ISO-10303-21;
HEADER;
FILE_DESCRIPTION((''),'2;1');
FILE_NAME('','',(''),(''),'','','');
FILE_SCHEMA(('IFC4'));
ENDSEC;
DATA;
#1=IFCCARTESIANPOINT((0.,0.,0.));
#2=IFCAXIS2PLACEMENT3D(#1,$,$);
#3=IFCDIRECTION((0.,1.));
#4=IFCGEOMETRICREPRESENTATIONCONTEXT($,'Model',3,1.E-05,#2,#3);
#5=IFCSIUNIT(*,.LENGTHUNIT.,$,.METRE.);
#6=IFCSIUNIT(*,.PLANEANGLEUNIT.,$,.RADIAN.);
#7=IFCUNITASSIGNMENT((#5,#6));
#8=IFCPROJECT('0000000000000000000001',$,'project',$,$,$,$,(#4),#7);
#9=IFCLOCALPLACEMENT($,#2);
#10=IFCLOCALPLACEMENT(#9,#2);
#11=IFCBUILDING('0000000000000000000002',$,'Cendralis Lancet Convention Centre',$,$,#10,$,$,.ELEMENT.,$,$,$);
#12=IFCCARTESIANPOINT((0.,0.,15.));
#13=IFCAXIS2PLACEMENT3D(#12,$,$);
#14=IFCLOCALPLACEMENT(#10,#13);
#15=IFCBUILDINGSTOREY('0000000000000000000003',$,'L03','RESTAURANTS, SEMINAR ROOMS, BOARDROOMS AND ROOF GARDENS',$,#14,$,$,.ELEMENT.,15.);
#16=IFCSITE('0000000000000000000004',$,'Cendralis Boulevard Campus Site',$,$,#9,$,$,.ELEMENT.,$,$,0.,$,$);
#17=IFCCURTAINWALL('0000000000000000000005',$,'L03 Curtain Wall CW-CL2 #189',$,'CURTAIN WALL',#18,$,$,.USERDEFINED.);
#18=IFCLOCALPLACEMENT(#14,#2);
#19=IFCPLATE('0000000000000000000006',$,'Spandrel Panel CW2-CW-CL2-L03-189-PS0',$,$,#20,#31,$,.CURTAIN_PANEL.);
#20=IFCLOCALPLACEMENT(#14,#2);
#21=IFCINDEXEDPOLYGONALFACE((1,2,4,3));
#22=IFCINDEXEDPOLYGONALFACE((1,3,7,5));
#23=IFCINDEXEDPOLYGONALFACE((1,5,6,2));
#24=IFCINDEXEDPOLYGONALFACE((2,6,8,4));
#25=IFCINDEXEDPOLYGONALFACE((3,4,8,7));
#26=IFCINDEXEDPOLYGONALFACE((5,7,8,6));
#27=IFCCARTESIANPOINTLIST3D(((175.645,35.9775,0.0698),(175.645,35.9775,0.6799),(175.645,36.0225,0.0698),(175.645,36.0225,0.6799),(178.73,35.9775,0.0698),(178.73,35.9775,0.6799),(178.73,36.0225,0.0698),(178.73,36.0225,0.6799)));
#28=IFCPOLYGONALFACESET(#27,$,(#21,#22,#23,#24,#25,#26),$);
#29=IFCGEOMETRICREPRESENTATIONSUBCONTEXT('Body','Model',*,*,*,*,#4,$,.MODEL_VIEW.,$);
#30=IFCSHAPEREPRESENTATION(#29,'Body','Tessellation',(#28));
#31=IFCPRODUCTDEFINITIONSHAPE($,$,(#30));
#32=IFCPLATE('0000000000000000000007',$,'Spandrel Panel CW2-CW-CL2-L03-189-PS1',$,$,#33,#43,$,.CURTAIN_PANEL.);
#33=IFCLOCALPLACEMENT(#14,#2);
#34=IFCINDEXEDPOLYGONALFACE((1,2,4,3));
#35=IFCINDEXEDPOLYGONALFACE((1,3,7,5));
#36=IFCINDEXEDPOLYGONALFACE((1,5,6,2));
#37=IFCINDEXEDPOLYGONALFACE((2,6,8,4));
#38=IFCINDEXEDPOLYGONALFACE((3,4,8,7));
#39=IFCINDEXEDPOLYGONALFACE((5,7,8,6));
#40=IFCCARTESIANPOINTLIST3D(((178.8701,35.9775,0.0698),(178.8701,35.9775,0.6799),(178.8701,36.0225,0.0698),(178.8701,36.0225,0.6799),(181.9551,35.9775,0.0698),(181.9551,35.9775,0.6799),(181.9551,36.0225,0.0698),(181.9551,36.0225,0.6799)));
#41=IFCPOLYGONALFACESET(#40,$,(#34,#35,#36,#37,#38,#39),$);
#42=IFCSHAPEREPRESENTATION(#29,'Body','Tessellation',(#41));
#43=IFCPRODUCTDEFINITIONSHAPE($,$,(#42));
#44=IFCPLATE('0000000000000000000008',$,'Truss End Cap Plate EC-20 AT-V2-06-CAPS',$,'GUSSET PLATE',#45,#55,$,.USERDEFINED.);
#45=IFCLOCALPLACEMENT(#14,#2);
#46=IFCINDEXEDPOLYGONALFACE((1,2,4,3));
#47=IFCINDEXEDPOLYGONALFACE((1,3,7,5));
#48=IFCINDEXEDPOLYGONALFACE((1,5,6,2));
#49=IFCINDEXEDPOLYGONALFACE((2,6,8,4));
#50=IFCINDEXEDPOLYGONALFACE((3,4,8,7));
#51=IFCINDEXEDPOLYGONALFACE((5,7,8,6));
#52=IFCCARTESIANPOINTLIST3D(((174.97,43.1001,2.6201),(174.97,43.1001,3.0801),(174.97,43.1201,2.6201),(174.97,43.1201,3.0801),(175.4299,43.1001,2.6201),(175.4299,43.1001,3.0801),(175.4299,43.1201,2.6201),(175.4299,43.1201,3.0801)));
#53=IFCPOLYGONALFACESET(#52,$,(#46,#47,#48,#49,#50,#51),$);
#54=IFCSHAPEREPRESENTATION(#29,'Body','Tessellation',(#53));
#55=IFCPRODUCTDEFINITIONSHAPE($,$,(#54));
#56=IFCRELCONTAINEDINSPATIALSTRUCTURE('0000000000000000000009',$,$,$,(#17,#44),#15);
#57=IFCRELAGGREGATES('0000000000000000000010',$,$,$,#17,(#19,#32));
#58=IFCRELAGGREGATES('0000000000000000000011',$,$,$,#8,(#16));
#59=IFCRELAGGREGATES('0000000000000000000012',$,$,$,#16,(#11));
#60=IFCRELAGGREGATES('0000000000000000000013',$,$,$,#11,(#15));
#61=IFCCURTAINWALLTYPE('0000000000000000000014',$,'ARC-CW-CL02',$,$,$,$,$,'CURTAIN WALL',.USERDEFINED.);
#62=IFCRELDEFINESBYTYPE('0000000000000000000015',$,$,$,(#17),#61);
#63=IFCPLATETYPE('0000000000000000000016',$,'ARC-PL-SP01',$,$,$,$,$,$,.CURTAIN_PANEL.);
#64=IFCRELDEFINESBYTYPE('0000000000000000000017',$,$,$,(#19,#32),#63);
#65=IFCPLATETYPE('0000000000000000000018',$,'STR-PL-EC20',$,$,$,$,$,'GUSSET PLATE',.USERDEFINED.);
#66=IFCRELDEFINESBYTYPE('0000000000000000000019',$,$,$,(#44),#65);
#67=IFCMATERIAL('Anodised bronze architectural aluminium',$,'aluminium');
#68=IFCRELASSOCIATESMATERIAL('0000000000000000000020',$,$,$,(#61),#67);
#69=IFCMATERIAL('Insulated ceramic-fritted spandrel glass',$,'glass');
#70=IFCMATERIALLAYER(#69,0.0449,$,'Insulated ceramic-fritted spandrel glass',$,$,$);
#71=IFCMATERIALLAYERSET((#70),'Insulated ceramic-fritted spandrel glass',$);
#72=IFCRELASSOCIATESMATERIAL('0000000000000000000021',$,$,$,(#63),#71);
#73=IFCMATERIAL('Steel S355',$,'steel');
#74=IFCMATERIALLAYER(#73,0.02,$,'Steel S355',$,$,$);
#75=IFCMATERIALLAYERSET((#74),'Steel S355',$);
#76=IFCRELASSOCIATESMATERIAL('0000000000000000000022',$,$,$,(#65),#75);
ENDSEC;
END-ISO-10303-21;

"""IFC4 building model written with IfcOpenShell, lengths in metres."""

from ifc_helpers import new_model, si_unit, direction, frame, origin, origin_2d, place, context, subcontext, project, spatial, rectangle, extrude, material, layer, layer_set, type_object, element, aggregate, save


model = new_model("IFC4")

# Units and contexts
model_context = context("Model", 3, precision=1e-05, world=origin(), true_north=direction((0.0, 1.0)))
body_context = subcontext(model_context, "Body", "Model", "MODEL_VIEW")
ifc_project = project(units=[si_unit("LENGTHUNIT", "METRE"), si_unit("PLANEANGLEUNIT", "RADIAN")], contexts=[model_context])

# Site, building, storey
site_placement = place(None, origin())
site = spatial("IfcSite", under=ifc_project, at=site_placement, Name="Cendralis Boulevard Campus Site", CompositionType="ELEMENT", RefElevation=0.0)
building_placement = place(site_placement, origin())
building = spatial("IfcBuilding", under=site, at=building_placement, Name="Cendralis Lancet Convention Centre", CompositionType="ELEMENT")
storey_placement = place(building_placement, frame((0.0, 0.0, 15.0)))
storey = spatial("IfcBuildingStorey", under=building, at=storey_placement, Name="L03", Description="RESTAURANTS, SEMINAR ROOMS, BOARDROOMS AND ROOF GARDENS", CompositionType="ELEMENT", Elevation=15.0)

# Curtain wall
ifc_material_1 = material(Name="Anodised bronze architectural aluminium", Category="aluminium")
curtain_wall_type = type_object("IfcCurtainWallType", Name="ARC-CW-CL02", ElementType="CURTAIN WALL", PredefinedType="USERDEFINED", material=ifc_material_1)
curtain_wall_placement = place(storey_placement, origin())
curtain_wall = element("IfcCurtainWall", 1, at=curtain_wall_placement, inside=storey, type_object=curtain_wall_type, Name="L03 Curtain Wall CW-CL2 #189", ObjectType="CURTAIN WALL", PredefinedType="USERDEFINED")

# Shared definitions
ifc_material_2 = material(Name="Steel S355", Category="steel")

# Plates
ifc_material_3 = material(Name="Insulated ceramic-fritted spandrel glass", Category="glass")
ifc_layer_1 = layer(ifc_material_3, 0.0449, Name="Insulated ceramic-fritted spandrel glass")
ifc_layer_set_1 = layer_set([ifc_layer_1], Name="Insulated ceramic-fritted spandrel glass")
plate_type_1 = type_object("IfcPlateType", Name="ARC-PL-SP01", PredefinedType="CURTAIN_PANEL", material=ifc_layer_set_1)
plate_1_placement = place(storey_placement, frame((177.1875, 36.0, 0.0698), z_axis=(0.0, 0.0, 1.0), x_axis=(1.0, 0.0, 0.0)))
plate_1 = element("IfcPlate", 2, at=plate_1_placement, type_object=plate_type_1, Name="Spandrel Panel CW2-CW-CL2-L03-189-PS0", PredefinedType="CURTAIN_PANEL", context=body_context, shape_type="SweptSolid", body=[
    extrude(rectangle(XDim=3.085, YDim=0.0449, at=origin_2d()), origin(), (0.0, 0.0, 1.0), 0.6101),
])
plate_2_placement = place(storey_placement, frame((180.4126, 36.0, 0.0698), z_axis=(0.0, 0.0, 1.0), x_axis=(1.0, 0.0, 0.0)))
plate_2 = element("IfcPlate", 3, at=plate_2_placement, type_object=plate_type_1, Name="Spandrel Panel CW2-CW-CL2-L03-189-PS1", PredefinedType="CURTAIN_PANEL", context=body_context, shape_type="SweptSolid", body=[
    extrude(rectangle(XDim=3.085, YDim=0.0449, at=origin_2d()), origin(), (0.0, 0.0, 1.0), 0.6101),
])
aggregate(curtain_wall, [plate_1, plate_2])
ifc_layer_2 = layer(ifc_material_2, 0.02, Name="Steel S355")
ifc_layer_set_2 = layer_set([ifc_layer_2], Name="Steel S355")
plate_type_2 = type_object("IfcPlateType", Name="STR-PL-EC20", ElementType="GUSSET PLATE", PredefinedType="USERDEFINED", material=ifc_layer_set_2)
plate_3_placement = place(storey_placement, frame((175.2, 43.1101, 2.6201), z_axis=(0.0, 0.0, 1.0), x_axis=(1.0, 0.0, 0.0)))
element("IfcPlate", 4, at=plate_3_placement, inside=storey, type_object=plate_type_2, Name="Truss End Cap Plate EC-20 AT-V2-06-CAPS", ObjectType="GUSSET PLATE", PredefinedType="USERDEFINED", context=body_context, shape_type="SweptSolid", body=[
    extrude(rectangle(XDim=0.46, YDim=0.02, at=origin_2d()), origin(), (0.0, 0.0, 1.0), 0.46),
])

save(model, "model.ifc")
